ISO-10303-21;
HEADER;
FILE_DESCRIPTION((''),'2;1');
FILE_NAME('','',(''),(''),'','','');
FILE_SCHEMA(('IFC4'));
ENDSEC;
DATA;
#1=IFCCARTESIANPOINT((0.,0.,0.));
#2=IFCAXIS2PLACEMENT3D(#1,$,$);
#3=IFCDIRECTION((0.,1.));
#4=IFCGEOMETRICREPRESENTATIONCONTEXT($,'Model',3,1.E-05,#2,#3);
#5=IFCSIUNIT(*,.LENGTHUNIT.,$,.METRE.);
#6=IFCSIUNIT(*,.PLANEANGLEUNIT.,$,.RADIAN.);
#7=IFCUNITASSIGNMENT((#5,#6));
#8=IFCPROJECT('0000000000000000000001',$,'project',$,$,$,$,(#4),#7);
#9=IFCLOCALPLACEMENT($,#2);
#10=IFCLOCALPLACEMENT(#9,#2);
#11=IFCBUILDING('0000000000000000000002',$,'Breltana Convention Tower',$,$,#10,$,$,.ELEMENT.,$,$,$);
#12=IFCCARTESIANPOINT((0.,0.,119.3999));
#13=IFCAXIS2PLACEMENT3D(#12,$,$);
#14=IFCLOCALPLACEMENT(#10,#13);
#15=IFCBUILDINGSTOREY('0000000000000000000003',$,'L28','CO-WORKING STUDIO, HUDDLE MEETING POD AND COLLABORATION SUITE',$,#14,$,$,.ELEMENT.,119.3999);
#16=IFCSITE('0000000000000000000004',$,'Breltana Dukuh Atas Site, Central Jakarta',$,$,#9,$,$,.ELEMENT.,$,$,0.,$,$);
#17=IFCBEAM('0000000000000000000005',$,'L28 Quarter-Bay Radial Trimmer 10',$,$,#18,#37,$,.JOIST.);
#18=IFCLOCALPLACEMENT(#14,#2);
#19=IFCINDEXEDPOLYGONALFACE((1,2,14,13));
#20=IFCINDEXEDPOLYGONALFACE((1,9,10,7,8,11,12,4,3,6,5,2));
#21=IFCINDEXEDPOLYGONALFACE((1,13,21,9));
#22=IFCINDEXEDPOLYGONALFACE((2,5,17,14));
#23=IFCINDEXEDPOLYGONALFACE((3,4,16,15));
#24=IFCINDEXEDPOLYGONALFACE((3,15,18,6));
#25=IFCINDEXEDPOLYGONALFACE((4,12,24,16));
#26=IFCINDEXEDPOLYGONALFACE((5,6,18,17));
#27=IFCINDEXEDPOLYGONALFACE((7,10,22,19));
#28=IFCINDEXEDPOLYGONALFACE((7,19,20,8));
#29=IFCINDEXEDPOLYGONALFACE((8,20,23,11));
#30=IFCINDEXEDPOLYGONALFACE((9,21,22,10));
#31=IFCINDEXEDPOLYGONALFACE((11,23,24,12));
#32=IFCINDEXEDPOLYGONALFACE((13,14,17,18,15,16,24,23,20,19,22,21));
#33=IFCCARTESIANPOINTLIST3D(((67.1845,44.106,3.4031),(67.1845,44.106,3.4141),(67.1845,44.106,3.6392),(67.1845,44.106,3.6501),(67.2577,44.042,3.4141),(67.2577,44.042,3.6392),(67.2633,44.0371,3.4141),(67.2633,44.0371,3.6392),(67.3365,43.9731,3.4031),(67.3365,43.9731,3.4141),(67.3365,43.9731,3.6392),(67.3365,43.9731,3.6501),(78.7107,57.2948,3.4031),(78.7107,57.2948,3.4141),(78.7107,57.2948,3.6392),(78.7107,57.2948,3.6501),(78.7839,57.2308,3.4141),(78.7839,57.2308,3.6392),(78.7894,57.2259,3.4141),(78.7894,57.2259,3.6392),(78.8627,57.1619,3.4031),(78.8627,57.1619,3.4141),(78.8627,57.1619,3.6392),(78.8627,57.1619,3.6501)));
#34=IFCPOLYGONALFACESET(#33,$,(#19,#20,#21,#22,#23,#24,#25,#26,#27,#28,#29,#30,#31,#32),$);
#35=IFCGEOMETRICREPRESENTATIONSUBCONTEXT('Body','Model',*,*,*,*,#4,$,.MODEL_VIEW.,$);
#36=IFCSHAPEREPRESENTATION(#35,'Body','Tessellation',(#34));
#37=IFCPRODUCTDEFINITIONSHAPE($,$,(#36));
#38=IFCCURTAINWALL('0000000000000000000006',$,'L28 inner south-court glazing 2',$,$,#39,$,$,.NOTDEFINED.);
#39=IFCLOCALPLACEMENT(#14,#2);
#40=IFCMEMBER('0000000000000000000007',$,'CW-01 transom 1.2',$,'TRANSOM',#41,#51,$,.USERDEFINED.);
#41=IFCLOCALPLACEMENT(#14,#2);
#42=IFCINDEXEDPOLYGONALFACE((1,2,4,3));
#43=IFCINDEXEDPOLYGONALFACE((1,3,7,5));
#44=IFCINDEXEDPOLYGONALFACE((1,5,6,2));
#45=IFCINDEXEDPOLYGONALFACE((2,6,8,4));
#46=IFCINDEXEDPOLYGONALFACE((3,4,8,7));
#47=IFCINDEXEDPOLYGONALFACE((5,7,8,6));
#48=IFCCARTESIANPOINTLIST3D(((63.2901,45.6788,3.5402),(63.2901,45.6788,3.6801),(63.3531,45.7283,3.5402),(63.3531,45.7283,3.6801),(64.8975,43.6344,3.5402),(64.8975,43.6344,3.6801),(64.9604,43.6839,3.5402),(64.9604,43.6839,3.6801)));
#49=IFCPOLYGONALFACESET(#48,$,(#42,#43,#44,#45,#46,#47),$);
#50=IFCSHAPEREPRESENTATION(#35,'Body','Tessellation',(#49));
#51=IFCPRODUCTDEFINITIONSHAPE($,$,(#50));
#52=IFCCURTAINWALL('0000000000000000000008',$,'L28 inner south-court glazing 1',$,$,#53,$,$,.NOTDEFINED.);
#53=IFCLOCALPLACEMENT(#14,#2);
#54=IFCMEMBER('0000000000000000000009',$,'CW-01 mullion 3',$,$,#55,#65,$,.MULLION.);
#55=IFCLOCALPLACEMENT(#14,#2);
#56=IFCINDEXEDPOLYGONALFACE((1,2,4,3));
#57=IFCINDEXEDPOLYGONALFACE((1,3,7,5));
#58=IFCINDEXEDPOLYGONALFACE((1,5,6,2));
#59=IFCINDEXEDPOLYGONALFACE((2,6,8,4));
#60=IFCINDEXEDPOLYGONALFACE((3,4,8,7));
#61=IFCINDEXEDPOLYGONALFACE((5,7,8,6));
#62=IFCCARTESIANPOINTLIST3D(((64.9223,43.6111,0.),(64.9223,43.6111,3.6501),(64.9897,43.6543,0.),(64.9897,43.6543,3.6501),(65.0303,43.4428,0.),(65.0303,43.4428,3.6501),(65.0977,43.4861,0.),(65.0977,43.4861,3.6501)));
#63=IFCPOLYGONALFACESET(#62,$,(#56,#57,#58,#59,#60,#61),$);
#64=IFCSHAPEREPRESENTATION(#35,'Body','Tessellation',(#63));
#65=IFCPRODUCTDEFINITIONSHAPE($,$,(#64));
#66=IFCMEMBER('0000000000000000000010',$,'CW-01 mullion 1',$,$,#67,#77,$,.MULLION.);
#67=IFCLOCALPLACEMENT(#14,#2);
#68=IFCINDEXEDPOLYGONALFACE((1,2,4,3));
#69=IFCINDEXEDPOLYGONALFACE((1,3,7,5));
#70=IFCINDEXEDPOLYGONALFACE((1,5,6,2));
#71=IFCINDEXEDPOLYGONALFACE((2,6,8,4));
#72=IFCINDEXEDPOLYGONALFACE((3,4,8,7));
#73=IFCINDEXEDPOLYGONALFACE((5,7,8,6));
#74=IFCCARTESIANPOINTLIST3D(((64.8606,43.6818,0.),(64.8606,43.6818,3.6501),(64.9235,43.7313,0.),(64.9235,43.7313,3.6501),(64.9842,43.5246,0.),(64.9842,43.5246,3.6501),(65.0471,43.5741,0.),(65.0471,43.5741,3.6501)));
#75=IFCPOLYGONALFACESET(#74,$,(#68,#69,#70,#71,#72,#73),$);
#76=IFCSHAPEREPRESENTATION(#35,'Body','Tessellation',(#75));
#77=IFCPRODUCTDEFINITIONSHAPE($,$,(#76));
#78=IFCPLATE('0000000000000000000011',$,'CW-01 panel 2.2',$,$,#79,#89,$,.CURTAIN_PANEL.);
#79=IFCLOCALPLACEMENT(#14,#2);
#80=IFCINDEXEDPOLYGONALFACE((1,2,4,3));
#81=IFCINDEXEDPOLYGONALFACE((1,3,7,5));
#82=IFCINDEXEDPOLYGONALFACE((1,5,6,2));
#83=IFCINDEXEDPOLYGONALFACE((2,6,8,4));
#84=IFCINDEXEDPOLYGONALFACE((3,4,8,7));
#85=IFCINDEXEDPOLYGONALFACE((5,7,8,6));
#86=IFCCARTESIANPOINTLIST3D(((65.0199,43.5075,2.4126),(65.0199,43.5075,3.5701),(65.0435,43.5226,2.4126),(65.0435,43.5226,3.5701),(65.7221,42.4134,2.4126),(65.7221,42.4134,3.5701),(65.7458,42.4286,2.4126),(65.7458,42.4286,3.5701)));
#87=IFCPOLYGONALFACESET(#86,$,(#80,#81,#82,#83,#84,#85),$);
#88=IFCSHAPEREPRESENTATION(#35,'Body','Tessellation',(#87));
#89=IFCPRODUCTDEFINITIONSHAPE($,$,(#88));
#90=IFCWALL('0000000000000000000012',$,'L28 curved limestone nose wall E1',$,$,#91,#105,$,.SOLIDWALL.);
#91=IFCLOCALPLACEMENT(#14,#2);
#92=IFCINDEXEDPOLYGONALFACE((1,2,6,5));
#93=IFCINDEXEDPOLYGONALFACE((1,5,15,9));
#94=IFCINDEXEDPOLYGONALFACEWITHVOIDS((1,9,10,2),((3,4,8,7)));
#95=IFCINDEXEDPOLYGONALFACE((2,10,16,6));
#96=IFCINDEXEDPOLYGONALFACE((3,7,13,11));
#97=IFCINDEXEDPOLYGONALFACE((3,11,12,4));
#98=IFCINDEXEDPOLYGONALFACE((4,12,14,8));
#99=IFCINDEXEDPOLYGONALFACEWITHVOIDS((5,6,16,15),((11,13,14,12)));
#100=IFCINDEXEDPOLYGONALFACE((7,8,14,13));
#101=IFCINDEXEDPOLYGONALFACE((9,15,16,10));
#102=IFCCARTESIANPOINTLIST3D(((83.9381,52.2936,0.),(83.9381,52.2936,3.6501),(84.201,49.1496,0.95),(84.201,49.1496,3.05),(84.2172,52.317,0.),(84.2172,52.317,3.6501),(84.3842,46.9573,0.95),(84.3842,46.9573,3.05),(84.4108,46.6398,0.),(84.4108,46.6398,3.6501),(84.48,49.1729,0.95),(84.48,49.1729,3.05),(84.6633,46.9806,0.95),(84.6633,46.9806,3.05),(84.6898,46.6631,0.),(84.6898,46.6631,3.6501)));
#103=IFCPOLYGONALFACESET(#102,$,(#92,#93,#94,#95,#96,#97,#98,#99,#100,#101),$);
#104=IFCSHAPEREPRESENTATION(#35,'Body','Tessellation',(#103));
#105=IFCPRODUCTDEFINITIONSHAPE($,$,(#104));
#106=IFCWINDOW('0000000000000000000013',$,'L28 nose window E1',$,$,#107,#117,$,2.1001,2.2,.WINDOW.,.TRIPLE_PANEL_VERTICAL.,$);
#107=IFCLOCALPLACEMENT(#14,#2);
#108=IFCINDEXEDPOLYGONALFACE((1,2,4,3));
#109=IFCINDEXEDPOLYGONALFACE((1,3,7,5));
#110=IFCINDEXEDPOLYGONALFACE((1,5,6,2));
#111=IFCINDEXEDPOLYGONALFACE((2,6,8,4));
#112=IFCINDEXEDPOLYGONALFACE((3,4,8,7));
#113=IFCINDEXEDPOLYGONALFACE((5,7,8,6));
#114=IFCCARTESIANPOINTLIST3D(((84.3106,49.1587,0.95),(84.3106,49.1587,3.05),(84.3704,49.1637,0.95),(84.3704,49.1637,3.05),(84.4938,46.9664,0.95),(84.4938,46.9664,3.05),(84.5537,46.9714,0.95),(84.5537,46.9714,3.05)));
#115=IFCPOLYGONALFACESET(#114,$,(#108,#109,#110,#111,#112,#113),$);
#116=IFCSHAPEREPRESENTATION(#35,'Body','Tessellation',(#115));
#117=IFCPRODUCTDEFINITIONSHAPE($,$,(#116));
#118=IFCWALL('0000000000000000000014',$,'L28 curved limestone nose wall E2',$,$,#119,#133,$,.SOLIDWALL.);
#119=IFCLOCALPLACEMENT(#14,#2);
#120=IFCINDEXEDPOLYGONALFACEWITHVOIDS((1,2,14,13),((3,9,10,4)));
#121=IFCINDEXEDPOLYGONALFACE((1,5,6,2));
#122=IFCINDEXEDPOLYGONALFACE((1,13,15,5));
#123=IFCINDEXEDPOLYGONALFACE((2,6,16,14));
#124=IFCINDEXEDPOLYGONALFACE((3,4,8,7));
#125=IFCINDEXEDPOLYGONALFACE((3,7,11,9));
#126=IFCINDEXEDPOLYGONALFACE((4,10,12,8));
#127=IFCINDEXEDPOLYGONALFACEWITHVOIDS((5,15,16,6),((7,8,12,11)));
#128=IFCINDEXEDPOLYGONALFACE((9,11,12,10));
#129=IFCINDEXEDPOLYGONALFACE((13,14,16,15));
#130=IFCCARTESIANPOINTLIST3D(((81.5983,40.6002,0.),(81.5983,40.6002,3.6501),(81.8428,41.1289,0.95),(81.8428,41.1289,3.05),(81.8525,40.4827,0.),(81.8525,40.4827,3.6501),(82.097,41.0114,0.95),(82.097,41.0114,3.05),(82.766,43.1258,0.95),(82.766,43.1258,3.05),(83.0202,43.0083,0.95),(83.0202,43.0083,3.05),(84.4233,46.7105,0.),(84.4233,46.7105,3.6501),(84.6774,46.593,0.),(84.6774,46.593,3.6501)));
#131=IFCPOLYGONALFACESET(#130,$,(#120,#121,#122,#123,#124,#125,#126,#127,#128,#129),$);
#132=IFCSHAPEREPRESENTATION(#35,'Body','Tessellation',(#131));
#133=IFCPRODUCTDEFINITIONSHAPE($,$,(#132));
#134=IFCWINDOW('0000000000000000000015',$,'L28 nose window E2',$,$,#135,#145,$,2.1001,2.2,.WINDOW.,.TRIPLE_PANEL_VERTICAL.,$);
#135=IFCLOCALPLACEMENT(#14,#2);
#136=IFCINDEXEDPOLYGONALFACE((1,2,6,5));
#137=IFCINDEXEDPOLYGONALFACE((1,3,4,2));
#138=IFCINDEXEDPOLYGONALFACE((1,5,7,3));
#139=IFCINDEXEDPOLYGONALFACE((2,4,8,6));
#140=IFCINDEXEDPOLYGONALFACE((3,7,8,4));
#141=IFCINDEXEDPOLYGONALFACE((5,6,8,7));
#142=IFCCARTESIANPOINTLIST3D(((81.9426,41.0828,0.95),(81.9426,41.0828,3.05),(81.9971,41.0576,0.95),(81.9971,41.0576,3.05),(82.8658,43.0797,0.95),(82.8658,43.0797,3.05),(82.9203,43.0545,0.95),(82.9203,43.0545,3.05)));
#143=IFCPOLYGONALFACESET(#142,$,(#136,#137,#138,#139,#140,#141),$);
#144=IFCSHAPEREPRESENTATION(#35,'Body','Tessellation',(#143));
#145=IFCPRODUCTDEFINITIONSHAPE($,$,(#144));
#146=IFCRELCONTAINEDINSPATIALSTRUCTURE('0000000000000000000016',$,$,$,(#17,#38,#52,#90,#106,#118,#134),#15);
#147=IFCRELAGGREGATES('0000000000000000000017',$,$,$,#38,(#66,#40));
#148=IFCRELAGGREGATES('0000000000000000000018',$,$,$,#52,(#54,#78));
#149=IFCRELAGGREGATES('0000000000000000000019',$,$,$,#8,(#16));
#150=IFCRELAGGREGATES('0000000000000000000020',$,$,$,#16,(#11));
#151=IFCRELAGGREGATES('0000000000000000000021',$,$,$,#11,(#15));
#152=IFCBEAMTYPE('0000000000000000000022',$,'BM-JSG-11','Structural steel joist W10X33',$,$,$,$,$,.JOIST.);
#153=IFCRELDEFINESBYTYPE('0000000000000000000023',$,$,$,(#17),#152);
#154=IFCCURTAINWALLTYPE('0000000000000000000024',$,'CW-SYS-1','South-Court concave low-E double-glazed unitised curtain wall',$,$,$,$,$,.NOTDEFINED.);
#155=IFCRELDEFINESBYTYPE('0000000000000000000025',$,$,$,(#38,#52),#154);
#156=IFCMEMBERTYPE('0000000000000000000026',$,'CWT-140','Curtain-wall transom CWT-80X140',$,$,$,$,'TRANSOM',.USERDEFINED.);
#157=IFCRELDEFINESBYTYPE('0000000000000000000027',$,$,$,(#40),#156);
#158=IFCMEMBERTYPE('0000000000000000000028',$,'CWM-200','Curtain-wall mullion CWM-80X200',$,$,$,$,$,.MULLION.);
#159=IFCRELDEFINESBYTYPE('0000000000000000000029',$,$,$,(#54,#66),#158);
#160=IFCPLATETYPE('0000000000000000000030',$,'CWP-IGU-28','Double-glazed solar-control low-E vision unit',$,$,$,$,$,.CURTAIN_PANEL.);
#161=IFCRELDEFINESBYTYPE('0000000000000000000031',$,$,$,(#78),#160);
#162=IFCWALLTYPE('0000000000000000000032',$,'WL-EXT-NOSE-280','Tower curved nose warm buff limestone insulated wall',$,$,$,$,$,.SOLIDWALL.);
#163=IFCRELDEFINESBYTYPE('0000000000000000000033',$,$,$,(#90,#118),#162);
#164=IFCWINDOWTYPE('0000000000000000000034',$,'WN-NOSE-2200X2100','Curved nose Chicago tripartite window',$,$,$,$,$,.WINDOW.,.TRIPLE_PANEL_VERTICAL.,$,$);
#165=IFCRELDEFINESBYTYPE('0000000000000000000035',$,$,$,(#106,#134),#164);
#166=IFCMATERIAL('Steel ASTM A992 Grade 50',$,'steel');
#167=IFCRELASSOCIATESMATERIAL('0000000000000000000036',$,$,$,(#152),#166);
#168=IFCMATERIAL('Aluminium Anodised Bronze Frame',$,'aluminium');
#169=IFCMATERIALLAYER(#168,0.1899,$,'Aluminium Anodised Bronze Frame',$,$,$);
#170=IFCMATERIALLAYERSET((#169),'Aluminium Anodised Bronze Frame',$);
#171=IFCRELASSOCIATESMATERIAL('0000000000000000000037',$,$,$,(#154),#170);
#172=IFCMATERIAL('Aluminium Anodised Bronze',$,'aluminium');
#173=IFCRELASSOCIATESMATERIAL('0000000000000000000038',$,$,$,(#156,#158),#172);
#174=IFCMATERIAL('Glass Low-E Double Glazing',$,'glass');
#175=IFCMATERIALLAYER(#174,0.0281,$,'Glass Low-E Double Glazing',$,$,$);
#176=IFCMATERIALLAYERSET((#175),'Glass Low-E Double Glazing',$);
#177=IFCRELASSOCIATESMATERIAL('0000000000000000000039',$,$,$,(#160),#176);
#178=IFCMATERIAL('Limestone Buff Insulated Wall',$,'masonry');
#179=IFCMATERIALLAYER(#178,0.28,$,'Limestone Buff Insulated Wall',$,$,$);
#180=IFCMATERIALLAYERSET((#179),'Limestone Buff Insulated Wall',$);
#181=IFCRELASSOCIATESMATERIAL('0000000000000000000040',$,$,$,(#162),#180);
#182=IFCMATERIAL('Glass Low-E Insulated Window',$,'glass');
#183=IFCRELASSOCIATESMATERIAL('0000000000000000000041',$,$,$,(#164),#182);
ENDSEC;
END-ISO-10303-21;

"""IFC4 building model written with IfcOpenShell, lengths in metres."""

from ifc_helpers import new_model, si_unit, direction, frame, frame_2d, origin, origin_2d, place, context, subcontext, project, spatial, rectangle, i_section, extrude, source, transform, mapped, material, layer, layer_set, material_profile, profile_set, type_object, type_shapes, element, fill, aggregate, save


model = new_model("IFC4")

# Units and contexts
model_context = context("Model", 3, precision=1e-05, world=origin(), true_north=direction((0.0, 1.0)))
body_context = subcontext(model_context, "Body", "Model", "MODEL_VIEW")
ifc_project = project(units=[si_unit("LENGTHUNIT", "METRE"), si_unit("PLANEANGLEUNIT", "RADIAN")], contexts=[model_context])

# Site, building, storey
site_placement = place(None, origin())
site = spatial("IfcSite", under=ifc_project, at=site_placement, Name="Breltana Dukuh Atas Site, Central Jakarta", CompositionType="ELEMENT", RefElevation=0.0)
building_placement = place(site_placement, origin())
building = spatial("IfcBuilding", under=site, at=building_placement, Name="Breltana Convention Tower", CompositionType="ELEMENT")
storey_placement = place(building_placement, frame((0.0, 0.0, 119.3999)))
storey = spatial("IfcBuildingStorey", under=building, at=storey_placement, Name="L28", Description="CO-WORKING STUDIO, HUDDLE MEETING POD AND COLLABORATION SUITE", CompositionType="ELEMENT", Elevation=119.3999)

# Beam
ifc_material_1 = material(Name="Steel ASTM A992 Grade 50", Category="steel")
ifc_material_profile_1 = material_profile(ifc_material_1, i_section(OverallWidth=0.2019, OverallDepth=0.2471, WebThickness=0.0073, FlangeThickness=0.011, at=origin_2d()), Name="W10X33")
ifc_profile_set_1 = profile_set([ifc_material_profile_1], Name="Steel ASTM A992 Grade 50")
beam_type_1 = type_object("IfcBeamType", Name="BM-JSG-11", Description="Structural steel joist W10X33", PredefinedType="JOIST", material=ifc_profile_set_1)
shared_shape_1 = source(origin(), body_context, "Body", "SweptSolid", [
    extrude(i_section(OverallWidth=0.2019, OverallDepth=0.2471, WebThickness=0.0073, FlangeThickness=0.011, at=origin_2d()), origin(), (0.0, 0.0, 1.0), 17.5156),
])
beam_1_placement = place(storey_placement, frame((67.2605, 44.0396, 3.5266), z_axis=(0.658052, 0.752973, 0.0), x_axis=(-0.752973, 0.658052, 0.0)))
element("IfcBeam", 1, at=beam_1_placement, inside=storey, type_object=beam_type_1, Name="L28 Quarter-Bay Radial Trimmer 10", PredefinedType="JOIST", context=body_context, shape_type="MappedRepresentation", body=[
    mapped(shared_shape_1, transform((0.0, 0.0, 0.0), scale=1.0)),
])

# Curtain walls, members
ifc_material_2 = material(Name="Aluminium Anodised Bronze Frame", Category="aluminium")
ifc_layer_1 = layer(ifc_material_2, 0.1899, Name="Aluminium Anodised Bronze Frame")
ifc_layer_set_1 = layer_set([ifc_layer_1], Name="Aluminium Anodised Bronze Frame")
curtain_wall_type = type_object("IfcCurtainWallType", Name="CW-SYS-1", Description="South-Court concave low-E double-glazed unitised curtain wall", PredefinedType="NOTDEFINED", material=ifc_layer_set_1)
curtain_wall_1_placement = place(storey_placement, origin())
curtain_wall_1 = element("IfcCurtainWall", 2, at=curtain_wall_1_placement, inside=storey, type_object=curtain_wall_type, Name="L28 inner south-court glazing 2", PredefinedType="NOTDEFINED")
ifc_material_3 = material(Name="Aluminium Anodised Bronze", Category="aluminium")
ifc_material_profile_2 = material_profile(ifc_material_3, rectangle(XDim=0.0801, YDim=0.1399, at=origin_2d()), Name="CWT-80X140")
ifc_profile_set_2 = profile_set([ifc_material_profile_2], Name="Aluminium Anodised Bronze")
member_type_1 = type_object("IfcMemberType", Name="CWT-140", Description="Curtain-wall transom CWT-80X140", ElementType="TRANSOM", PredefinedType="USERDEFINED", material=ifc_profile_set_2)
shared_shape_2 = source(origin(), body_context, "Body", "SweptSolid", [
    extrude(rectangle(XDim=0.0801, YDim=0.1399, at=origin_2d()), origin(), (0.0, 0.0, 1.0), 2.6006),
])
member_1_placement = place(storey_placement, frame((64.929, 43.6592, 3.6101), z_axis=(-0.618079, 0.786116, 0.0), x_axis=(-0.786116, -0.618079, 0.0)))
member_1 = element("IfcMember", 3, at=member_1_placement, type_object=member_type_1, Name="CW-01 transom 1.2", ObjectType="TRANSOM", PredefinedType="USERDEFINED", context=body_context, shape_type="MappedRepresentation", body=[
    mapped(shared_shape_2, transform((0.0, 0.0, 0.0), scale=1.0)),
])
curtain_wall_2_placement = place(storey_placement, origin())
curtain_wall_2 = element("IfcCurtainWall", 4, at=curtain_wall_2_placement, inside=storey, type_object=curtain_wall_type, Name="L28 inner south-court glazing 1", PredefinedType="NOTDEFINED")
ifc_material_profile_3 = material_profile(ifc_material_3, rectangle(XDim=0.0801, YDim=0.2, at=origin_2d()), Name="CWM-80X200")
ifc_profile_set_3 = profile_set([ifc_material_profile_3], Name="Aluminium Anodised Bronze")
member_type_2 = type_object("IfcMemberType", Name="CWM-200", Description="Curtain-wall mullion CWM-80X200", PredefinedType="MULLION", material=ifc_profile_set_3)
shared_shape_3 = source(origin(), body_context, "Body", "SweptSolid", [
    extrude(rectangle(XDim=0.0801, YDim=0.2, at=origin_2d()), origin(), (0.0, 0.0, 1.0), 3.6501),
])
member_2_placement = place(storey_placement, frame((65.01, 43.5486, 0.0), z_axis=(0.0, 0.0, 1.0), x_axis=(-0.841551, -0.540177, 0.0)))
member_2 = element("IfcMember", 5, at=member_2_placement, type_object=member_type_2, Name="CW-01 mullion 3", PredefinedType="MULLION", context=body_context, shape_type="MappedRepresentation", body=[
    mapped(shared_shape_3, transform((0.0, 0.0, 0.0), scale=1.0)),
])

# Member
member_3_placement = place(storey_placement, frame((64.9539, 43.6279, 0.0), z_axis=(0.0, 0.0, 1.0), x_axis=(-0.786054, -0.618157, 0.0)))
member_3 = element("IfcMember", 6, at=member_3_placement, type_object=member_type_2, Name="CW-01 mullion 1", PredefinedType="MULLION", context=body_context, shape_type="MappedRepresentation", body=[
    mapped(shared_shape_3, transform((0.0, 0.0, 0.0), scale=1.0)),
])
aggregate(curtain_wall_1, [member_3, member_1])

# Plate
ifc_material_4 = material(Name="Glass Low-E Double Glazing", Category="glass")
ifc_layer_2 = layer(ifc_material_4, 0.0281, Name="Glass Low-E Double Glazing")
ifc_layer_set_2 = layer_set([ifc_layer_2], Name="Glass Low-E Double Glazing")
plate_type = type_object("IfcPlateType", Name="CWP-IGU-28", Description="Double-glazed solar-control low-E vision unit", PredefinedType="CURTAIN_PANEL", material=ifc_layer_set_2)
shared_shape_4 = source(origin(), body_context, "Body", "SweptSolid", [
    extrude(rectangle(XDim=1.3, YDim=0.0281, at=origin_2d()), origin(), (0.0, 0.0, 1.0), 1.1575),
])
plate_placement = place(storey_placement, frame((65.3828, 42.968, 2.4126), z_axis=(0.0, 0.0, 1.0), x_axis=(-0.540177, 0.841551, 0.0)))
plate = element("IfcPlate", 7, at=plate_placement, type_object=plate_type, Name="CW-01 panel 2.2", PredefinedType="CURTAIN_PANEL", context=body_context, shape_type="MappedRepresentation", body=[
    mapped(shared_shape_4, transform((0.0, 0.0, 0.0), scale=1.0)),
])
aggregate(curtain_wall_2, [member_2, plate])

# Walls, openings, windows
ifc_material_5 = material(Name="Limestone Buff Insulated Wall", Category="masonry")
ifc_layer_3 = layer(ifc_material_5, 0.28, Name="Limestone Buff Insulated Wall")
ifc_layer_set_3 = layer_set([ifc_layer_3], Name="Limestone Buff Insulated Wall")
wall_type_1 = type_object("IfcWallType", Name="WL-EXT-NOSE-280", Description="Tower curved nose warm buff limestone insulated wall", PredefinedType="SOLIDWALL", material=ifc_layer_set_3)
shared_shape_5 = source(origin(), body_context, "Body", "SweptSolid", [
    extrude(rectangle(XDim=5.6736, YDim=0.28, at=frame_2d((2.8369, 0.0))), origin(), (0.0, 0.0, 1.0), 3.6501),
])
wall_1_placement = place(storey_placement, frame((84.0776, 52.3054, 0.0), z_axis=(0.0, 0.0, 1.0), x_axis=(0.083309, -0.996524, 0.0)))
wall_1 = element("IfcWall", 8, at=wall_1_placement, inside=storey, type_object=wall_type_1, Name="L28 curved limestone nose wall E1", PredefinedType="SOLIDWALL", context=body_context, shape_type="MappedRepresentation", body=[
    mapped(shared_shape_5, transform((0.0, 0.0, 0.0), scale=1.0)),
])
opening_1_placement = place(wall_1_placement, frame((3.155, 0.0, 0.95)))
opening_1 = element("IfcOpeningElement", 9, at=opening_1_placement, cuts=wall_1, PredefinedType="OPENING", context=body_context, shape_type="SweptSolid", body=[
    extrude(rectangle(XDim=2.2, YDim=2.1001, at=frame_2d((1.1001, 1.05))), frame((0.0, 0.1499, 0.0), z_axis=(0.0, -1.0, 0.0), x_axis=(1.0, 0.0, 0.0)), (0.0, 0.0, 1.0), 0.3),
])
ifc_material_6 = material(Name="Glass Low-E Insulated Window", Category="glass")
window_type = type_object("IfcWindowType", Name="WN-NOSE-2200X2100", Description="Curved nose Chicago tripartite window", PartitioningType="TRIPLE_PANEL_VERTICAL", PredefinedType="WINDOW", material=ifc_material_6)
shared_shape_6 = source(origin(), body_context, "Body", "SweptSolid", [
    extrude(rectangle(XDim=2.2, YDim=2.1001, at=frame_2d((1.1001, 1.05))), frame((0.0, 0.03, 0.0), z_axis=(0.0, -1.0, 0.0), x_axis=(1.0, 0.0, 0.0)), (0.0, 0.0, 1.0), 0.0601),
])
type_shapes(window_type, [shared_shape_6])
window_1_placement = place(opening_1_placement, origin())
window_1 = element("IfcWindow", 10, at=window_1_placement, inside=storey, type_object=window_type, Name="L28 nose window E1", OverallHeight=2.1001, OverallWidth=2.2, PartitioningType="TRIPLE_PANEL_VERTICAL", PredefinedType="WINDOW", context=body_context, shape_type="MappedRepresentation", body=[
    mapped(shared_shape_6, transform((0.0, 0.0, 0.0), scale=1.0)),
])
fill(opening_1, window_1)
shared_shape_7 = source(origin(), body_context, "Body", "SweptSolid", [
    extrude(rectangle(XDim=6.7317, YDim=0.28, at=frame_2d((3.3657, 0.0))), origin(), (0.0, 0.0, 1.0), 3.6501),
])
wall_2_placement = place(storey_placement, frame((84.5503, 46.6516, 0.0), z_axis=(0.0, 0.0, 1.0), x_axis=(-0.419645, -0.907689, 0.0)))
wall_2 = element("IfcWall", 11, at=wall_2_placement, inside=storey, type_object=wall_type_1, Name="L28 curved limestone nose wall E2", PredefinedType="SOLIDWALL", context=body_context, shape_type="MappedRepresentation", body=[
    mapped(shared_shape_7, transform((0.0, 0.0, 0.0), scale=1.0)),
])
opening_2_placement = place(wall_2_placement, frame((3.949, 0.0, 0.95)))
opening_2 = element("IfcOpeningElement", 12, at=opening_2_placement, cuts=wall_2, PredefinedType="OPENING", context=body_context, shape_type="SweptSolid", body=[
    extrude(rectangle(XDim=2.2, YDim=2.1001, at=frame_2d((1.1001, 1.05))), frame((0.0, 0.1499, 0.0), z_axis=(0.0, -1.0, 0.0), x_axis=(1.0, 0.0, 0.0)), (0.0, 0.0, 1.0), 0.3),
])
window_2_placement = place(opening_2_placement, origin())
window_2 = element("IfcWindow", 13, at=window_2_placement, inside=storey, type_object=window_type, Name="L28 nose window E2", OverallHeight=2.1001, OverallWidth=2.2, PartitioningType="TRIPLE_PANEL_VERTICAL", PredefinedType="WINDOW", context=body_context, shape_type="MappedRepresentation", body=[
    mapped(shared_shape_6, transform((0.0, 0.0, 0.0), scale=1.0)),
])
fill(opening_2, window_2)

save(model, "model.ifc")
